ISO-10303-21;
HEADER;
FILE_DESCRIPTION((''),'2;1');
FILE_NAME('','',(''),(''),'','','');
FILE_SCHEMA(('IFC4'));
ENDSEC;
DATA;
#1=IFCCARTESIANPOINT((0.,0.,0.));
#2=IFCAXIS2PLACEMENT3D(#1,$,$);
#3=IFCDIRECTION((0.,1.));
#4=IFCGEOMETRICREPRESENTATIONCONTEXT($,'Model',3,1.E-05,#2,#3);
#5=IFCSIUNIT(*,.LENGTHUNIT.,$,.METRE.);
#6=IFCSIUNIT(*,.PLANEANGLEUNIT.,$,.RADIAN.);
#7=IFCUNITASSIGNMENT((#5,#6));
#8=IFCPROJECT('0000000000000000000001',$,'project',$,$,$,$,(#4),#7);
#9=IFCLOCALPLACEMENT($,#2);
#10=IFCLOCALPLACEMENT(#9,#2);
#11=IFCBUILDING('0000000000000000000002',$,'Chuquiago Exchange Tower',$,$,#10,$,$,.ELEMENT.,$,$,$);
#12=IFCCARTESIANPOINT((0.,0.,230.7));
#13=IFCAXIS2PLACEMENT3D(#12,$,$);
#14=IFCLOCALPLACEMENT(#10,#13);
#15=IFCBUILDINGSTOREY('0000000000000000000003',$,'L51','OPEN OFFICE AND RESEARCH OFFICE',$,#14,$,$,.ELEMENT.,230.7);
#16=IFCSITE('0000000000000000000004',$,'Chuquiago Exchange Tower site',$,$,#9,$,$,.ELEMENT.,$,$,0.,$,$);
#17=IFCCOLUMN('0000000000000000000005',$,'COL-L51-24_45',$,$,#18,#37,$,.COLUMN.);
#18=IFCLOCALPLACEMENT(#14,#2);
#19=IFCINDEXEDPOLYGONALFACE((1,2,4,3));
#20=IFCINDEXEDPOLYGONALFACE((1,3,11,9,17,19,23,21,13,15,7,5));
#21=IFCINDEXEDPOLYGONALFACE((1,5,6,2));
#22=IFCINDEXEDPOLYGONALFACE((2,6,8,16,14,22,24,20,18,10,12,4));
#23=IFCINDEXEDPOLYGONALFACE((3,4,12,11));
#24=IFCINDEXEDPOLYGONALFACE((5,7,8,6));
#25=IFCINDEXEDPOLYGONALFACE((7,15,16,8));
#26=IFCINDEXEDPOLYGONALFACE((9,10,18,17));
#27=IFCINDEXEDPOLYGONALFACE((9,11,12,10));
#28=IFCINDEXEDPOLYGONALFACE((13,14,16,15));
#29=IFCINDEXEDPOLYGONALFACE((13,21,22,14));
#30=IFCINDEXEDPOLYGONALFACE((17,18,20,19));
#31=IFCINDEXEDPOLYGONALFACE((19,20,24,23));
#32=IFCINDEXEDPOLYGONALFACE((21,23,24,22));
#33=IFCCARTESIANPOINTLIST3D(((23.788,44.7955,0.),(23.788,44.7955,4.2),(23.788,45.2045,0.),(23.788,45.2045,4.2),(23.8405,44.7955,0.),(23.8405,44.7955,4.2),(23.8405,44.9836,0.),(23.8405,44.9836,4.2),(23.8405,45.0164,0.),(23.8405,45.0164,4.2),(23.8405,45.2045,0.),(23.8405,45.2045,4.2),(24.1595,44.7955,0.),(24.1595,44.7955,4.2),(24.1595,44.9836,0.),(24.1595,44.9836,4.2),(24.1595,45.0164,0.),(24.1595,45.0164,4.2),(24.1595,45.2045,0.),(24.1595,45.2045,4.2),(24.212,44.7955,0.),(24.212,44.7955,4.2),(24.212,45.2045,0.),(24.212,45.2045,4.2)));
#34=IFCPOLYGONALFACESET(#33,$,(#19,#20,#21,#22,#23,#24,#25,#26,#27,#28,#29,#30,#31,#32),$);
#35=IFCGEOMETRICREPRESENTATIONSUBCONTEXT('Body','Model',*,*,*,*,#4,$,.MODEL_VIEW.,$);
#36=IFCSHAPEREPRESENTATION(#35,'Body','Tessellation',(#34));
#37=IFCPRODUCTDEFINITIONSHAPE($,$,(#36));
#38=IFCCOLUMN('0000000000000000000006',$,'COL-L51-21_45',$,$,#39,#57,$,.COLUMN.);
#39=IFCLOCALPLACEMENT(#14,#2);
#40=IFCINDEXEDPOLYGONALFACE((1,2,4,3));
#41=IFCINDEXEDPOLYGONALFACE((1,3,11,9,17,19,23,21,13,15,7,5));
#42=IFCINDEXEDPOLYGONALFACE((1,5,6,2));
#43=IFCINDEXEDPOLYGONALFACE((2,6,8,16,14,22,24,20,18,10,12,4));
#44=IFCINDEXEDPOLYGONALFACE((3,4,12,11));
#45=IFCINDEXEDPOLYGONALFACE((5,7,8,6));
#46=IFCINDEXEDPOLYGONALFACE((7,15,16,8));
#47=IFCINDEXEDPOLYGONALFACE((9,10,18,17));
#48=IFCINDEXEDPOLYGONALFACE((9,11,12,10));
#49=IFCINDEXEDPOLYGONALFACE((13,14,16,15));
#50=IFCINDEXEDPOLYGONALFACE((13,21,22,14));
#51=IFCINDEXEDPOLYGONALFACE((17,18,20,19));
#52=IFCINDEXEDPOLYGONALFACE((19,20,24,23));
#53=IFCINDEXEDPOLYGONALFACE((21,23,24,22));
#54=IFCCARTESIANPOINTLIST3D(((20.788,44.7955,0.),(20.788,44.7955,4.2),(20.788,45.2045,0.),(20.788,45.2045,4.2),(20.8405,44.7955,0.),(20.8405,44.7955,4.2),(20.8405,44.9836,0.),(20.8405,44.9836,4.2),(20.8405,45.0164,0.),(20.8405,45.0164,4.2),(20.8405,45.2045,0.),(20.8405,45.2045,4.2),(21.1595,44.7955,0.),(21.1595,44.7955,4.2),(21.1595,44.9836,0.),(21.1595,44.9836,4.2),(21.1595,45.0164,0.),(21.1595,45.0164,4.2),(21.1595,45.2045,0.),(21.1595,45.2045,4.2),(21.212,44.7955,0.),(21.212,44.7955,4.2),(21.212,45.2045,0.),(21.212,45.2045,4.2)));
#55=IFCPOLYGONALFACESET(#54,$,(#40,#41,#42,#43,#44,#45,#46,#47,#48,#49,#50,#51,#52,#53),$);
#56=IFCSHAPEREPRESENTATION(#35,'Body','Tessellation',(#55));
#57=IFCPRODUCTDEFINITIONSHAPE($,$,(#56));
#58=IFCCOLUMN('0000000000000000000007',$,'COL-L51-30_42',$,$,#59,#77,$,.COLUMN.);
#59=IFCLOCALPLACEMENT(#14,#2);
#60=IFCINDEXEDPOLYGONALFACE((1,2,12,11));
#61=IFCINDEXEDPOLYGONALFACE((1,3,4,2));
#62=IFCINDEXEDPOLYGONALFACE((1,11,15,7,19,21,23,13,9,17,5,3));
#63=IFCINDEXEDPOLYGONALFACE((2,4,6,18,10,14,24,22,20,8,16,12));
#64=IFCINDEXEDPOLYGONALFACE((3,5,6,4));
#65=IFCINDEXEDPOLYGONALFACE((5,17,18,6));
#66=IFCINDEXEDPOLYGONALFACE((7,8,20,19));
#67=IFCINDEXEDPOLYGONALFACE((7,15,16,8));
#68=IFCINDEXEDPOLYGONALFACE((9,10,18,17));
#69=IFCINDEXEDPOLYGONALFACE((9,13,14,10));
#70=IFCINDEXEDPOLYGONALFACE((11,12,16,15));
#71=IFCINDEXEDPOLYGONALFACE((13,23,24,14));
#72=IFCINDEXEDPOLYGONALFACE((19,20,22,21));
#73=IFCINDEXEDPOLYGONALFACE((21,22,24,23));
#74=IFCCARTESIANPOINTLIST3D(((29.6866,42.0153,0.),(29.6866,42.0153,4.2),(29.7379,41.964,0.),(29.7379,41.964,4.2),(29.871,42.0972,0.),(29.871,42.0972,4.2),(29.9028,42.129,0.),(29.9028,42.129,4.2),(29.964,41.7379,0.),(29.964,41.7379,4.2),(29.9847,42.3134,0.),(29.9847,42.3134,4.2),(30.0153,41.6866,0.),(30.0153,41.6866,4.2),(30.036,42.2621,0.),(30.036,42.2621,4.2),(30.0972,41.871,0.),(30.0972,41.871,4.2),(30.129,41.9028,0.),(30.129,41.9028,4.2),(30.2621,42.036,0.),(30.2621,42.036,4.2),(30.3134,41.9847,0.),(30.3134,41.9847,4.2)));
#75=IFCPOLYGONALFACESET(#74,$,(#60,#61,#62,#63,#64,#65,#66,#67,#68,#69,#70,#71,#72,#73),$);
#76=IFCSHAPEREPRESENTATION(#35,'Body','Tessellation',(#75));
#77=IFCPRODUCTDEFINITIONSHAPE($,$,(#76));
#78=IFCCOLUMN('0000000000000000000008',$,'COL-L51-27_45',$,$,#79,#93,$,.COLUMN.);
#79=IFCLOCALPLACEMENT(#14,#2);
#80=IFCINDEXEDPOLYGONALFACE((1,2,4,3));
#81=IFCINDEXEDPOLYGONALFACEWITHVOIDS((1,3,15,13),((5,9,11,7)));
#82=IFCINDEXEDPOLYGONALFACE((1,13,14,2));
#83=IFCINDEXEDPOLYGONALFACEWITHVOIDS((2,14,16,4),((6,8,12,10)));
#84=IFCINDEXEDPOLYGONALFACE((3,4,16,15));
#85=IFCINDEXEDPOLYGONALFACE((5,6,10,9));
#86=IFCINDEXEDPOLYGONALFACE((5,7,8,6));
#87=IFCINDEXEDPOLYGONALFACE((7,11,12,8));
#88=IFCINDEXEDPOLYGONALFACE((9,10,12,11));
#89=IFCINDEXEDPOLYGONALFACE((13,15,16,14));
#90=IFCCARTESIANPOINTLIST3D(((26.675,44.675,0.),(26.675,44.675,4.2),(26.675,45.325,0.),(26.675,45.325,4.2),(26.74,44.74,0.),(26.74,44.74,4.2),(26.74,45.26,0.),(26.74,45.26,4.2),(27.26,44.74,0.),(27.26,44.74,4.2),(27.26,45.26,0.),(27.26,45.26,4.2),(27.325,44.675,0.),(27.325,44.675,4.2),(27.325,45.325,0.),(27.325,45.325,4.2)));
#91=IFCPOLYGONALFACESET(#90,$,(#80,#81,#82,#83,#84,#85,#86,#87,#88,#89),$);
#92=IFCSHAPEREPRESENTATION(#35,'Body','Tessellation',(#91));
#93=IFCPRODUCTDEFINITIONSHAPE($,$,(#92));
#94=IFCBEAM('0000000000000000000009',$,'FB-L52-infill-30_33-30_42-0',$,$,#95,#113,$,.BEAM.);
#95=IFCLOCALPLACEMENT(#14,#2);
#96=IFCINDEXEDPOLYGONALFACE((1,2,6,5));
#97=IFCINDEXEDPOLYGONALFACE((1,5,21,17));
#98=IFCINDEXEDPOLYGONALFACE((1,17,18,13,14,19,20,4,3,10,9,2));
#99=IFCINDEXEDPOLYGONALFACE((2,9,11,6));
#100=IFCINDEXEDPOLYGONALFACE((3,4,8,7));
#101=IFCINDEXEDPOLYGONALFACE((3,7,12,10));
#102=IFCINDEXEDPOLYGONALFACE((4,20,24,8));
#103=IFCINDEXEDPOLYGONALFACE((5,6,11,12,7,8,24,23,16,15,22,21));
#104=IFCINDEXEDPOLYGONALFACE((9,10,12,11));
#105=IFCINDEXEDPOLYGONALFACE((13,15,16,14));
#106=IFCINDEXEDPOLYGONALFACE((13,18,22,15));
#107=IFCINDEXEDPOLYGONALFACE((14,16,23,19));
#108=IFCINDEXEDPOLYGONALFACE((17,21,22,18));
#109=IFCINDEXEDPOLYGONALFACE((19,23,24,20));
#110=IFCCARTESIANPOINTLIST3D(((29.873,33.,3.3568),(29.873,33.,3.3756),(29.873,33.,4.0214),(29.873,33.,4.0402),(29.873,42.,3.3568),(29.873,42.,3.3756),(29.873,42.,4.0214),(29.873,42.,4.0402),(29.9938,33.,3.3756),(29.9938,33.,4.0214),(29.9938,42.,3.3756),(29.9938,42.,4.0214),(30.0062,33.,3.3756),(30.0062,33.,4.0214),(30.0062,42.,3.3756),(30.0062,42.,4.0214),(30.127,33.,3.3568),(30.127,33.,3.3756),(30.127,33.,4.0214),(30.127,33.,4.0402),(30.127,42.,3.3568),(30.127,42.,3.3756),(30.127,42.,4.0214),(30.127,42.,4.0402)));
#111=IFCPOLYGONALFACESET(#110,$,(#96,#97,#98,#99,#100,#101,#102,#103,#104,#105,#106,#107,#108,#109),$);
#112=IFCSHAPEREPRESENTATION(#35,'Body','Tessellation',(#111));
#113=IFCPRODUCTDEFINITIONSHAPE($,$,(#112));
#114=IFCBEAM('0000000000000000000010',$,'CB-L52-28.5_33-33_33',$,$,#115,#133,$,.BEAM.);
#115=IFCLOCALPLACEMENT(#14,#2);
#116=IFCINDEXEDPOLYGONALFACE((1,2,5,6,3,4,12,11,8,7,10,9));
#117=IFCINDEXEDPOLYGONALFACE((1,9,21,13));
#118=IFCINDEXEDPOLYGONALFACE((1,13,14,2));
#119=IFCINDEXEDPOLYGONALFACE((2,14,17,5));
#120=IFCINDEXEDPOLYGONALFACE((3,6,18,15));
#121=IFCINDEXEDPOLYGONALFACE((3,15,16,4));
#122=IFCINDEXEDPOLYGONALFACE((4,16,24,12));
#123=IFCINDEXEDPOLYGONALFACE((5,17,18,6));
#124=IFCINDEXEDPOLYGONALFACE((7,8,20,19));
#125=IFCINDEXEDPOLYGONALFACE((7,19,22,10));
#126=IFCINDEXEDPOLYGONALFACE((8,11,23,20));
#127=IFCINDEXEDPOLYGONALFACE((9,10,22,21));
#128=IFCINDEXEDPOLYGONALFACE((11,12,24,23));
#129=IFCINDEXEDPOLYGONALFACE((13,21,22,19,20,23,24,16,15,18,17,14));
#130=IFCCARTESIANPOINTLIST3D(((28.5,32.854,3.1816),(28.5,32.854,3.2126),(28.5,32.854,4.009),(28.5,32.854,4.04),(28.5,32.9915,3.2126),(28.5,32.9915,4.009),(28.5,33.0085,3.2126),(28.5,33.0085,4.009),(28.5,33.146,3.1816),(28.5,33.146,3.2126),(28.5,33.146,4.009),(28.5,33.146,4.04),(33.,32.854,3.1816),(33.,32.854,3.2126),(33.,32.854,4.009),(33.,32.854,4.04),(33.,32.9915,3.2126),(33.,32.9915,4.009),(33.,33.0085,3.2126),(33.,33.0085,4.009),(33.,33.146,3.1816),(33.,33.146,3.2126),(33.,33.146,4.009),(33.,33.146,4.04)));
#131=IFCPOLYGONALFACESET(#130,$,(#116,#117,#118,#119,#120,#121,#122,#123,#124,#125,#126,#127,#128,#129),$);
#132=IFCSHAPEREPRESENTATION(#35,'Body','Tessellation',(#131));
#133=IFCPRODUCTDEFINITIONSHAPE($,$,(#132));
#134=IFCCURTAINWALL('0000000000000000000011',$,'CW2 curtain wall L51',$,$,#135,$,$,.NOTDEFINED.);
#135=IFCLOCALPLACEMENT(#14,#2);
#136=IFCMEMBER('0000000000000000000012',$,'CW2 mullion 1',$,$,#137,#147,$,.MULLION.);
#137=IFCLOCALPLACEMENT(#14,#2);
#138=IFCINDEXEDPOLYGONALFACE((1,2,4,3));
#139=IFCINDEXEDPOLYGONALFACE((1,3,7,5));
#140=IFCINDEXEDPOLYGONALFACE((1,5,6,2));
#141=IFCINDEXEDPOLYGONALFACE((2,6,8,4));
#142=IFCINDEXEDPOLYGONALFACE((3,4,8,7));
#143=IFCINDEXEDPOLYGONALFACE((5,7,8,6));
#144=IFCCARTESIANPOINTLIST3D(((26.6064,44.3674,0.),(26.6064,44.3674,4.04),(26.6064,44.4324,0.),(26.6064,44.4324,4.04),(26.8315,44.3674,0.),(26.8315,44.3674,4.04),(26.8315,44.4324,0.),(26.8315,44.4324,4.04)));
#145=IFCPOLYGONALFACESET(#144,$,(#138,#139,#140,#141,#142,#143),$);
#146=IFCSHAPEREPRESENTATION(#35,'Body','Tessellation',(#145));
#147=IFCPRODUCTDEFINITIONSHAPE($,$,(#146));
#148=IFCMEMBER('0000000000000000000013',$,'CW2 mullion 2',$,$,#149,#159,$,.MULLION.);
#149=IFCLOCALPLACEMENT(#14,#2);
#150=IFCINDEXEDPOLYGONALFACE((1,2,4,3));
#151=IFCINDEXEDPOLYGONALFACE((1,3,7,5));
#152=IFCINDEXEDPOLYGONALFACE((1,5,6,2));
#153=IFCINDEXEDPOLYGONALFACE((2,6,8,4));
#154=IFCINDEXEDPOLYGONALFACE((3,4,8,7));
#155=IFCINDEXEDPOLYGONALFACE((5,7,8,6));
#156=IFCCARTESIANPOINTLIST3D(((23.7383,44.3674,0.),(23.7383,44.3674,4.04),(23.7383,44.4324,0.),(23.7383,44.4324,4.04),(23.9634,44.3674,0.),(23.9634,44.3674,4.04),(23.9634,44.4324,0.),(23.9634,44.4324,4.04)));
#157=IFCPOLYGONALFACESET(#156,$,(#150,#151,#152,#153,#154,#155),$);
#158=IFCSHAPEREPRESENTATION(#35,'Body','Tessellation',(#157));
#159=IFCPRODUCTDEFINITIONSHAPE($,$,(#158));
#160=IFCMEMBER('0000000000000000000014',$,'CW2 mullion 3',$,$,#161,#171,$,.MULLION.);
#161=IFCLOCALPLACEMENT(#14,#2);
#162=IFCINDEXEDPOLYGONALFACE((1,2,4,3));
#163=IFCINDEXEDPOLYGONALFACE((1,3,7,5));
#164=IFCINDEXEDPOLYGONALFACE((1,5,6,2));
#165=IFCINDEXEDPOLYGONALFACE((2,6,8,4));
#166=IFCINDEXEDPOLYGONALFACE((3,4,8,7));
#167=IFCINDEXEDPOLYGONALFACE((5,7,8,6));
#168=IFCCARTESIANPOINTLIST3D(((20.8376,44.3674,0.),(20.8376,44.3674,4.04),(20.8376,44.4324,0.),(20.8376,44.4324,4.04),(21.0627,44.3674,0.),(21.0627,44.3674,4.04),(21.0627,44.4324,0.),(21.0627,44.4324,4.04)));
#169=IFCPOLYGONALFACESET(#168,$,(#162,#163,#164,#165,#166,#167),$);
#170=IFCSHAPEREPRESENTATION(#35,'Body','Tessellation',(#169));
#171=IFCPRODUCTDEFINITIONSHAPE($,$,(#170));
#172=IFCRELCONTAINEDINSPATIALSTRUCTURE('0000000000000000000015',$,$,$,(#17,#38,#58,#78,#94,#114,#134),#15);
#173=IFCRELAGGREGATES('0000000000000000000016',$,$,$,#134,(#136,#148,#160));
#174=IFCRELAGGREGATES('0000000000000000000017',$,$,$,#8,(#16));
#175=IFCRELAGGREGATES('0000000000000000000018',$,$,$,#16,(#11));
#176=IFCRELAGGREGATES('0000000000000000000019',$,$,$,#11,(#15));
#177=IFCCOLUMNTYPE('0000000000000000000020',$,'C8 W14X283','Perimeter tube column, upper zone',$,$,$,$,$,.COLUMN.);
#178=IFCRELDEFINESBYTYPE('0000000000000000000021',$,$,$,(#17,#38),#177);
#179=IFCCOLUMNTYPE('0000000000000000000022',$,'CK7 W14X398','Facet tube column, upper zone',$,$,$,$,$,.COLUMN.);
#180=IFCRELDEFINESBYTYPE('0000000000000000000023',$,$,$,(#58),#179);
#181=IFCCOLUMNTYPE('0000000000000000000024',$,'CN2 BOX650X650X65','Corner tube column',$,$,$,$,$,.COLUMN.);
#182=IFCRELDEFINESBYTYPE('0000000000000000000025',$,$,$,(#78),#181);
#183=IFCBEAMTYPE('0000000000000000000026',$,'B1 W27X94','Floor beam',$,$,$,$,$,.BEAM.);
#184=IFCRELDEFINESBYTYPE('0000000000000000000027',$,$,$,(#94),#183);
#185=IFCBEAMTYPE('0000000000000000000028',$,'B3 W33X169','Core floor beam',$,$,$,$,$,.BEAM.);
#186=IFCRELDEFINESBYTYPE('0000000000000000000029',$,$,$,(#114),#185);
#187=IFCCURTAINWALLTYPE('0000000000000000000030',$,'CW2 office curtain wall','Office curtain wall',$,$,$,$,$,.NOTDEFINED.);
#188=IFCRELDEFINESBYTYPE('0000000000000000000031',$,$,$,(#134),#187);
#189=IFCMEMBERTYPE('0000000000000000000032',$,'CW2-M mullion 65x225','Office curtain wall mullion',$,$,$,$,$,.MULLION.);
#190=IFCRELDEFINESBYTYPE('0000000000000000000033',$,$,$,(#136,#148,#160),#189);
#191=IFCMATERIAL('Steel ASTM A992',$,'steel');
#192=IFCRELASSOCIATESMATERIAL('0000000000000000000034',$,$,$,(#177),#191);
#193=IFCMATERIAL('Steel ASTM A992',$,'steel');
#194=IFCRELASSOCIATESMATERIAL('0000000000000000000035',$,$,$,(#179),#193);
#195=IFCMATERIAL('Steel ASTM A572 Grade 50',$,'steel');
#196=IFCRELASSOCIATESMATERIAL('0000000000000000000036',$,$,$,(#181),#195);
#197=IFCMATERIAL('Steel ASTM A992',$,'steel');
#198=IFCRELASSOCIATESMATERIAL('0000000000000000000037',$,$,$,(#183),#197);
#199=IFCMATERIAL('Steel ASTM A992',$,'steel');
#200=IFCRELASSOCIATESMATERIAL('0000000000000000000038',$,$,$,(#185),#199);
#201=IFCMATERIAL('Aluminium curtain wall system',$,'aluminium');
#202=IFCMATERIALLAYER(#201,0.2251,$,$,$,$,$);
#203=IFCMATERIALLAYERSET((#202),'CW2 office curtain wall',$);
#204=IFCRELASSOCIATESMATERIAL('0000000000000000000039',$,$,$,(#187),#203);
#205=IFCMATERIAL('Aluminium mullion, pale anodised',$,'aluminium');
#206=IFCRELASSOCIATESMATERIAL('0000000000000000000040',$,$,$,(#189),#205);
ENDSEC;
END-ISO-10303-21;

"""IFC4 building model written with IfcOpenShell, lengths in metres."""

from ifc_helpers import new_model, si_unit, direction, frame, origin, origin_2d, place, context, subcontext, project, spatial, rectangle, hollow_rectangle, i_section, extrude, material, layer, layer_set, material_profile, profile_set, type_object, element, aggregate, save


model = new_model("IFC4")

# Units and contexts
model_context = context("Model", 3, precision=1e-05, world=origin(), true_north=direction((0.0, 1.0)))
body_context = subcontext(model_context, "Body", "Model", "MODEL_VIEW")
ifc_project = project(units=[si_unit("LENGTHUNIT", "METRE"), si_unit("PLANEANGLEUNIT", "RADIAN")], contexts=[model_context])

# Site, building, storey
site_placement = place(None, origin())
site = spatial("IfcSite", under=ifc_project, at=site_placement, Name="Chuquiago Exchange Tower site", CompositionType="ELEMENT", RefElevation=0.0)
building_placement = place(site_placement, origin())
building = spatial("IfcBuilding", under=site, at=building_placement, Name="Chuquiago Exchange Tower", CompositionType="ELEMENT")
storey_placement = place(building_placement, frame((0.0, 0.0, 230.7)))
storey = spatial("IfcBuildingStorey", under=building, at=storey_placement, Name="L51", Description="OPEN OFFICE AND RESEARCH OFFICE", CompositionType="ELEMENT", Elevation=230.7)

# Columns
ifc_material_1 = material(Name="Steel ASTM A992", Category="steel")
ifc_material_profile_1 = material_profile(ifc_material_1, i_section(OverallWidth=0.4089, OverallDepth=0.4241, WebThickness=0.0327, FlangeThickness=0.0525, at=origin_2d()), Name="W14X283")
ifc_profile_set_1 = profile_set([ifc_material_profile_1], Name="Steel ASTM A992")
column_type_1 = type_object("IfcColumnType", Name="C8 W14X283", Description="Perimeter tube column, upper zone", PredefinedType="COLUMN", material=ifc_profile_set_1)
for number, where, z_axis, x_axis, name in (
    (1, (24.0, 45.0, 0.0), (0.0, 0.0, 1.0), (0.0, 1.0, 0.0), "COL-L51-24_45"),
    (2, (21.0, 45.0, 0.0), (0.0, 0.0, 1.0), (0.0, 1.0, 0.0), "COL-L51-21_45"),
):
    element("IfcColumn", number, at=place(storey_placement, frame(where, z_axis=z_axis, x_axis=x_axis)), inside=storey, type_object=column_type_1, Name=name, PredefinedType="COLUMN", context=body_context, shape_type="SweptSolid", body=[
        extrude(i_section(OverallWidth=0.4089, OverallDepth=0.4241, WebThickness=0.0327, FlangeThickness=0.0525, at=origin_2d()), origin(), (0.0, 0.0, 1.0), 4.2),
    ])
ifc_material_2 = material(Name="Steel ASTM A992", Category="steel")
ifc_material_profile_2 = material_profile(ifc_material_2, i_section(OverallWidth=0.4216, OverallDepth=0.4648, WebThickness=0.0449, FlangeThickness=0.0725, at=origin_2d()), Name="W14X398")
ifc_profile_set_2 = profile_set([ifc_material_profile_2], Name="Steel ASTM A992")
column_type_2 = type_object("IfcColumnType", Name="CK7 W14X398", Description="Facet tube column, upper zone", PredefinedType="COLUMN", material=ifc_profile_set_2)
column_1_placement = place(storey_placement, frame((30.0, 42.0, 0.0), z_axis=(0.0, 0.0, 1.0), x_axis=(0.707107, 0.707107, 0.0)))
element("IfcColumn", 3, at=column_1_placement, inside=storey, type_object=column_type_2, Name="COL-L51-30_42", PredefinedType="COLUMN", context=body_context, shape_type="SweptSolid", body=[
    extrude(i_section(OverallWidth=0.4216, OverallDepth=0.4648, WebThickness=0.0449, FlangeThickness=0.0725, at=origin_2d()), origin(), (0.0, 0.0, 1.0), 4.2),
])
ifc_material_3 = material(Name="Steel ASTM A572 Grade 50", Category="steel")
ifc_material_profile_3 = material_profile(ifc_material_3, hollow_rectangle(XDim=0.6499, YDim=0.6499, WallThickness=0.0649, at=origin_2d()), Name="BOX650X650X65")
ifc_profile_set_3 = profile_set([ifc_material_profile_3], Name="Steel ASTM A572 Grade 50")
column_type_3 = type_object("IfcColumnType", Name="CN2 BOX650X650X65", Description="Corner tube column", PredefinedType="COLUMN", material=ifc_profile_set_3)
column_2_placement = place(storey_placement, frame((27.0, 45.0, 0.0), z_axis=(0.0, 0.0, 1.0), x_axis=(0.0, 1.0, 0.0)))
element("IfcColumn", 4, at=column_2_placement, inside=storey, type_object=column_type_3, Name="COL-L51-27_45", PredefinedType="COLUMN", context=body_context, shape_type="SweptSolid", body=[
    extrude(hollow_rectangle(XDim=0.6499, YDim=0.6499, WallThickness=0.0649, at=origin_2d()), origin(), (0.0, 0.0, 1.0), 4.2),
])

# Beams
ifc_material_4 = material(Name="Steel ASTM A992", Category="steel")
ifc_material_profile_4 = material_profile(ifc_material_4, i_section(OverallWidth=0.2539, OverallDepth=0.6833, WebThickness=0.0125, FlangeThickness=0.0188, at=origin_2d()), Name="W27X94")
ifc_profile_set_4 = profile_set([ifc_material_profile_4], Name="Steel ASTM A992")
beam_type_1 = type_object("IfcBeamType", Name="B1 W27X94", Description="Floor beam", PredefinedType="BEAM", material=ifc_profile_set_4)
beam_1_placement = place(storey_placement, frame((30.0, 33.0, 3.6985), z_axis=(0.0, 1.0, 0.0), x_axis=(-1.0, 0.0, 0.0)))
element("IfcBeam", 5, at=beam_1_placement, inside=storey, type_object=beam_type_1, Name="FB-L52-infill-30_33-30_42-0", PredefinedType="BEAM", context=body_context, shape_type="SweptSolid", body=[
    extrude(i_section(OverallWidth=0.2539, OverallDepth=0.6833, WebThickness=0.0125, FlangeThickness=0.0188, at=origin_2d()), origin(), (0.0, 0.0, 1.0), 9.0),
])
ifc_material_5 = material(Name="Steel ASTM A992", Category="steel")
ifc_material_profile_5 = material_profile(ifc_material_5, i_section(OverallWidth=0.292, OverallDepth=0.8584, WebThickness=0.0171, FlangeThickness=0.031, at=origin_2d()), Name="W33X169")
ifc_profile_set_5 = profile_set([ifc_material_profile_5], Name="Steel ASTM A992")
beam_type_2 = type_object("IfcBeamType", Name="B3 W33X169", Description="Core floor beam", PredefinedType="BEAM", material=ifc_profile_set_5)
beam_2_placement = place(storey_placement, frame((28.5, 33.0, 3.6108), z_axis=(1.0, 0.0, 0.0), x_axis=(0.0, 1.0, 0.0)))
element("IfcBeam", 6, at=beam_2_placement, inside=storey, type_object=beam_type_2, Name="CB-L52-28.5_33-33_33", PredefinedType="BEAM", context=body_context, shape_type="SweptSolid", body=[
    extrude(i_section(OverallWidth=0.292, OverallDepth=0.8584, WebThickness=0.0171, FlangeThickness=0.031, at=origin_2d()), origin(), (0.0, 0.0, 1.0), 4.5),
])

# Curtain wall, members
ifc_material_6 = material(Name="Aluminium curtain wall system", Category="aluminium")
ifc_layer_1 = layer(ifc_material_6, 0.2251)
ifc_layer_set_1 = layer_set([ifc_layer_1], Name="CW2 office curtain wall")
curtain_wall_type_1 = type_object("IfcCurtainWallType", Name="CW2 office curtain wall", Description="Office curtain wall", PredefinedType="NOTDEFINED", material=ifc_layer_set_1)
curtain_wall_1_placement = place(storey_placement, origin())
curtain_wall_1 = element("IfcCurtainWall", 7, at=curtain_wall_1_placement, inside=storey, type_object=curtain_wall_type_1, Name="CW2 curtain wall L51", PredefinedType="NOTDEFINED")
ifc_material_7 = material(Name="Aluminium mullion, pale anodised", Category="aluminium")
ifc_material_profile_6 = material_profile(ifc_material_7, rectangle(XDim=0.0649, YDim=0.2251, at=origin_2d()), Name="AL 65x225")
ifc_profile_set_6 = profile_set([ifc_material_profile_6], Name="Aluminium mullion, pale anodised")
member_type_1 = type_object("IfcMemberType", Name="CW2-M mullion 65x225", Description="Office curtain wall mullion", PredefinedType="MULLION", material=ifc_profile_set_6)
member_1_placement = place(storey_placement, frame((26.719, 44.3999, 0.0), z_axis=(0.0, 0.0, 1.0), x_axis=(0.0, -1.0, 0.0)))
member_1 = element("IfcMember", 8, at=member_1_placement, type_object=member_type_1, Name="CW2 mullion 1", PredefinedType="MULLION", context=body_context, shape_type="SweptSolid", body=[
    extrude(rectangle(XDim=0.0649, YDim=0.2251, at=origin_2d()), origin(), (0.0, 0.0, 1.0), 4.04),
])
member_2_placement = place(storey_placement, frame((23.8508, 44.3999, 0.0), z_axis=(0.0, 0.0, 1.0), x_axis=(0.0, -1.0, 0.0)))
member_2 = element("IfcMember", 9, at=member_2_placement, type_object=member_type_1, Name="CW2 mullion 2", PredefinedType="MULLION", context=body_context, shape_type="SweptSolid", body=[
    extrude(rectangle(XDim=0.0649, YDim=0.2251, at=origin_2d()), origin(), (0.0, 0.0, 1.0), 4.04),
])
member_3_placement = place(storey_placement, frame((20.9502, 44.3999, 0.0), z_axis=(0.0, 0.0, 1.0), x_axis=(0.0, -1.0, 0.0)))
member_3 = element("IfcMember", 10, at=member_3_placement, type_object=member_type_1, Name="CW2 mullion 3", PredefinedType="MULLION", context=body_context, shape_type="SweptSolid", body=[
    extrude(rectangle(XDim=0.0649, YDim=0.2251, at=origin_2d()), origin(), (0.0, 0.0, 1.0), 4.04),
])

aggregate(curtain_wall_1, [member_1, member_2, member_3])

save(model, "model.ifc")
